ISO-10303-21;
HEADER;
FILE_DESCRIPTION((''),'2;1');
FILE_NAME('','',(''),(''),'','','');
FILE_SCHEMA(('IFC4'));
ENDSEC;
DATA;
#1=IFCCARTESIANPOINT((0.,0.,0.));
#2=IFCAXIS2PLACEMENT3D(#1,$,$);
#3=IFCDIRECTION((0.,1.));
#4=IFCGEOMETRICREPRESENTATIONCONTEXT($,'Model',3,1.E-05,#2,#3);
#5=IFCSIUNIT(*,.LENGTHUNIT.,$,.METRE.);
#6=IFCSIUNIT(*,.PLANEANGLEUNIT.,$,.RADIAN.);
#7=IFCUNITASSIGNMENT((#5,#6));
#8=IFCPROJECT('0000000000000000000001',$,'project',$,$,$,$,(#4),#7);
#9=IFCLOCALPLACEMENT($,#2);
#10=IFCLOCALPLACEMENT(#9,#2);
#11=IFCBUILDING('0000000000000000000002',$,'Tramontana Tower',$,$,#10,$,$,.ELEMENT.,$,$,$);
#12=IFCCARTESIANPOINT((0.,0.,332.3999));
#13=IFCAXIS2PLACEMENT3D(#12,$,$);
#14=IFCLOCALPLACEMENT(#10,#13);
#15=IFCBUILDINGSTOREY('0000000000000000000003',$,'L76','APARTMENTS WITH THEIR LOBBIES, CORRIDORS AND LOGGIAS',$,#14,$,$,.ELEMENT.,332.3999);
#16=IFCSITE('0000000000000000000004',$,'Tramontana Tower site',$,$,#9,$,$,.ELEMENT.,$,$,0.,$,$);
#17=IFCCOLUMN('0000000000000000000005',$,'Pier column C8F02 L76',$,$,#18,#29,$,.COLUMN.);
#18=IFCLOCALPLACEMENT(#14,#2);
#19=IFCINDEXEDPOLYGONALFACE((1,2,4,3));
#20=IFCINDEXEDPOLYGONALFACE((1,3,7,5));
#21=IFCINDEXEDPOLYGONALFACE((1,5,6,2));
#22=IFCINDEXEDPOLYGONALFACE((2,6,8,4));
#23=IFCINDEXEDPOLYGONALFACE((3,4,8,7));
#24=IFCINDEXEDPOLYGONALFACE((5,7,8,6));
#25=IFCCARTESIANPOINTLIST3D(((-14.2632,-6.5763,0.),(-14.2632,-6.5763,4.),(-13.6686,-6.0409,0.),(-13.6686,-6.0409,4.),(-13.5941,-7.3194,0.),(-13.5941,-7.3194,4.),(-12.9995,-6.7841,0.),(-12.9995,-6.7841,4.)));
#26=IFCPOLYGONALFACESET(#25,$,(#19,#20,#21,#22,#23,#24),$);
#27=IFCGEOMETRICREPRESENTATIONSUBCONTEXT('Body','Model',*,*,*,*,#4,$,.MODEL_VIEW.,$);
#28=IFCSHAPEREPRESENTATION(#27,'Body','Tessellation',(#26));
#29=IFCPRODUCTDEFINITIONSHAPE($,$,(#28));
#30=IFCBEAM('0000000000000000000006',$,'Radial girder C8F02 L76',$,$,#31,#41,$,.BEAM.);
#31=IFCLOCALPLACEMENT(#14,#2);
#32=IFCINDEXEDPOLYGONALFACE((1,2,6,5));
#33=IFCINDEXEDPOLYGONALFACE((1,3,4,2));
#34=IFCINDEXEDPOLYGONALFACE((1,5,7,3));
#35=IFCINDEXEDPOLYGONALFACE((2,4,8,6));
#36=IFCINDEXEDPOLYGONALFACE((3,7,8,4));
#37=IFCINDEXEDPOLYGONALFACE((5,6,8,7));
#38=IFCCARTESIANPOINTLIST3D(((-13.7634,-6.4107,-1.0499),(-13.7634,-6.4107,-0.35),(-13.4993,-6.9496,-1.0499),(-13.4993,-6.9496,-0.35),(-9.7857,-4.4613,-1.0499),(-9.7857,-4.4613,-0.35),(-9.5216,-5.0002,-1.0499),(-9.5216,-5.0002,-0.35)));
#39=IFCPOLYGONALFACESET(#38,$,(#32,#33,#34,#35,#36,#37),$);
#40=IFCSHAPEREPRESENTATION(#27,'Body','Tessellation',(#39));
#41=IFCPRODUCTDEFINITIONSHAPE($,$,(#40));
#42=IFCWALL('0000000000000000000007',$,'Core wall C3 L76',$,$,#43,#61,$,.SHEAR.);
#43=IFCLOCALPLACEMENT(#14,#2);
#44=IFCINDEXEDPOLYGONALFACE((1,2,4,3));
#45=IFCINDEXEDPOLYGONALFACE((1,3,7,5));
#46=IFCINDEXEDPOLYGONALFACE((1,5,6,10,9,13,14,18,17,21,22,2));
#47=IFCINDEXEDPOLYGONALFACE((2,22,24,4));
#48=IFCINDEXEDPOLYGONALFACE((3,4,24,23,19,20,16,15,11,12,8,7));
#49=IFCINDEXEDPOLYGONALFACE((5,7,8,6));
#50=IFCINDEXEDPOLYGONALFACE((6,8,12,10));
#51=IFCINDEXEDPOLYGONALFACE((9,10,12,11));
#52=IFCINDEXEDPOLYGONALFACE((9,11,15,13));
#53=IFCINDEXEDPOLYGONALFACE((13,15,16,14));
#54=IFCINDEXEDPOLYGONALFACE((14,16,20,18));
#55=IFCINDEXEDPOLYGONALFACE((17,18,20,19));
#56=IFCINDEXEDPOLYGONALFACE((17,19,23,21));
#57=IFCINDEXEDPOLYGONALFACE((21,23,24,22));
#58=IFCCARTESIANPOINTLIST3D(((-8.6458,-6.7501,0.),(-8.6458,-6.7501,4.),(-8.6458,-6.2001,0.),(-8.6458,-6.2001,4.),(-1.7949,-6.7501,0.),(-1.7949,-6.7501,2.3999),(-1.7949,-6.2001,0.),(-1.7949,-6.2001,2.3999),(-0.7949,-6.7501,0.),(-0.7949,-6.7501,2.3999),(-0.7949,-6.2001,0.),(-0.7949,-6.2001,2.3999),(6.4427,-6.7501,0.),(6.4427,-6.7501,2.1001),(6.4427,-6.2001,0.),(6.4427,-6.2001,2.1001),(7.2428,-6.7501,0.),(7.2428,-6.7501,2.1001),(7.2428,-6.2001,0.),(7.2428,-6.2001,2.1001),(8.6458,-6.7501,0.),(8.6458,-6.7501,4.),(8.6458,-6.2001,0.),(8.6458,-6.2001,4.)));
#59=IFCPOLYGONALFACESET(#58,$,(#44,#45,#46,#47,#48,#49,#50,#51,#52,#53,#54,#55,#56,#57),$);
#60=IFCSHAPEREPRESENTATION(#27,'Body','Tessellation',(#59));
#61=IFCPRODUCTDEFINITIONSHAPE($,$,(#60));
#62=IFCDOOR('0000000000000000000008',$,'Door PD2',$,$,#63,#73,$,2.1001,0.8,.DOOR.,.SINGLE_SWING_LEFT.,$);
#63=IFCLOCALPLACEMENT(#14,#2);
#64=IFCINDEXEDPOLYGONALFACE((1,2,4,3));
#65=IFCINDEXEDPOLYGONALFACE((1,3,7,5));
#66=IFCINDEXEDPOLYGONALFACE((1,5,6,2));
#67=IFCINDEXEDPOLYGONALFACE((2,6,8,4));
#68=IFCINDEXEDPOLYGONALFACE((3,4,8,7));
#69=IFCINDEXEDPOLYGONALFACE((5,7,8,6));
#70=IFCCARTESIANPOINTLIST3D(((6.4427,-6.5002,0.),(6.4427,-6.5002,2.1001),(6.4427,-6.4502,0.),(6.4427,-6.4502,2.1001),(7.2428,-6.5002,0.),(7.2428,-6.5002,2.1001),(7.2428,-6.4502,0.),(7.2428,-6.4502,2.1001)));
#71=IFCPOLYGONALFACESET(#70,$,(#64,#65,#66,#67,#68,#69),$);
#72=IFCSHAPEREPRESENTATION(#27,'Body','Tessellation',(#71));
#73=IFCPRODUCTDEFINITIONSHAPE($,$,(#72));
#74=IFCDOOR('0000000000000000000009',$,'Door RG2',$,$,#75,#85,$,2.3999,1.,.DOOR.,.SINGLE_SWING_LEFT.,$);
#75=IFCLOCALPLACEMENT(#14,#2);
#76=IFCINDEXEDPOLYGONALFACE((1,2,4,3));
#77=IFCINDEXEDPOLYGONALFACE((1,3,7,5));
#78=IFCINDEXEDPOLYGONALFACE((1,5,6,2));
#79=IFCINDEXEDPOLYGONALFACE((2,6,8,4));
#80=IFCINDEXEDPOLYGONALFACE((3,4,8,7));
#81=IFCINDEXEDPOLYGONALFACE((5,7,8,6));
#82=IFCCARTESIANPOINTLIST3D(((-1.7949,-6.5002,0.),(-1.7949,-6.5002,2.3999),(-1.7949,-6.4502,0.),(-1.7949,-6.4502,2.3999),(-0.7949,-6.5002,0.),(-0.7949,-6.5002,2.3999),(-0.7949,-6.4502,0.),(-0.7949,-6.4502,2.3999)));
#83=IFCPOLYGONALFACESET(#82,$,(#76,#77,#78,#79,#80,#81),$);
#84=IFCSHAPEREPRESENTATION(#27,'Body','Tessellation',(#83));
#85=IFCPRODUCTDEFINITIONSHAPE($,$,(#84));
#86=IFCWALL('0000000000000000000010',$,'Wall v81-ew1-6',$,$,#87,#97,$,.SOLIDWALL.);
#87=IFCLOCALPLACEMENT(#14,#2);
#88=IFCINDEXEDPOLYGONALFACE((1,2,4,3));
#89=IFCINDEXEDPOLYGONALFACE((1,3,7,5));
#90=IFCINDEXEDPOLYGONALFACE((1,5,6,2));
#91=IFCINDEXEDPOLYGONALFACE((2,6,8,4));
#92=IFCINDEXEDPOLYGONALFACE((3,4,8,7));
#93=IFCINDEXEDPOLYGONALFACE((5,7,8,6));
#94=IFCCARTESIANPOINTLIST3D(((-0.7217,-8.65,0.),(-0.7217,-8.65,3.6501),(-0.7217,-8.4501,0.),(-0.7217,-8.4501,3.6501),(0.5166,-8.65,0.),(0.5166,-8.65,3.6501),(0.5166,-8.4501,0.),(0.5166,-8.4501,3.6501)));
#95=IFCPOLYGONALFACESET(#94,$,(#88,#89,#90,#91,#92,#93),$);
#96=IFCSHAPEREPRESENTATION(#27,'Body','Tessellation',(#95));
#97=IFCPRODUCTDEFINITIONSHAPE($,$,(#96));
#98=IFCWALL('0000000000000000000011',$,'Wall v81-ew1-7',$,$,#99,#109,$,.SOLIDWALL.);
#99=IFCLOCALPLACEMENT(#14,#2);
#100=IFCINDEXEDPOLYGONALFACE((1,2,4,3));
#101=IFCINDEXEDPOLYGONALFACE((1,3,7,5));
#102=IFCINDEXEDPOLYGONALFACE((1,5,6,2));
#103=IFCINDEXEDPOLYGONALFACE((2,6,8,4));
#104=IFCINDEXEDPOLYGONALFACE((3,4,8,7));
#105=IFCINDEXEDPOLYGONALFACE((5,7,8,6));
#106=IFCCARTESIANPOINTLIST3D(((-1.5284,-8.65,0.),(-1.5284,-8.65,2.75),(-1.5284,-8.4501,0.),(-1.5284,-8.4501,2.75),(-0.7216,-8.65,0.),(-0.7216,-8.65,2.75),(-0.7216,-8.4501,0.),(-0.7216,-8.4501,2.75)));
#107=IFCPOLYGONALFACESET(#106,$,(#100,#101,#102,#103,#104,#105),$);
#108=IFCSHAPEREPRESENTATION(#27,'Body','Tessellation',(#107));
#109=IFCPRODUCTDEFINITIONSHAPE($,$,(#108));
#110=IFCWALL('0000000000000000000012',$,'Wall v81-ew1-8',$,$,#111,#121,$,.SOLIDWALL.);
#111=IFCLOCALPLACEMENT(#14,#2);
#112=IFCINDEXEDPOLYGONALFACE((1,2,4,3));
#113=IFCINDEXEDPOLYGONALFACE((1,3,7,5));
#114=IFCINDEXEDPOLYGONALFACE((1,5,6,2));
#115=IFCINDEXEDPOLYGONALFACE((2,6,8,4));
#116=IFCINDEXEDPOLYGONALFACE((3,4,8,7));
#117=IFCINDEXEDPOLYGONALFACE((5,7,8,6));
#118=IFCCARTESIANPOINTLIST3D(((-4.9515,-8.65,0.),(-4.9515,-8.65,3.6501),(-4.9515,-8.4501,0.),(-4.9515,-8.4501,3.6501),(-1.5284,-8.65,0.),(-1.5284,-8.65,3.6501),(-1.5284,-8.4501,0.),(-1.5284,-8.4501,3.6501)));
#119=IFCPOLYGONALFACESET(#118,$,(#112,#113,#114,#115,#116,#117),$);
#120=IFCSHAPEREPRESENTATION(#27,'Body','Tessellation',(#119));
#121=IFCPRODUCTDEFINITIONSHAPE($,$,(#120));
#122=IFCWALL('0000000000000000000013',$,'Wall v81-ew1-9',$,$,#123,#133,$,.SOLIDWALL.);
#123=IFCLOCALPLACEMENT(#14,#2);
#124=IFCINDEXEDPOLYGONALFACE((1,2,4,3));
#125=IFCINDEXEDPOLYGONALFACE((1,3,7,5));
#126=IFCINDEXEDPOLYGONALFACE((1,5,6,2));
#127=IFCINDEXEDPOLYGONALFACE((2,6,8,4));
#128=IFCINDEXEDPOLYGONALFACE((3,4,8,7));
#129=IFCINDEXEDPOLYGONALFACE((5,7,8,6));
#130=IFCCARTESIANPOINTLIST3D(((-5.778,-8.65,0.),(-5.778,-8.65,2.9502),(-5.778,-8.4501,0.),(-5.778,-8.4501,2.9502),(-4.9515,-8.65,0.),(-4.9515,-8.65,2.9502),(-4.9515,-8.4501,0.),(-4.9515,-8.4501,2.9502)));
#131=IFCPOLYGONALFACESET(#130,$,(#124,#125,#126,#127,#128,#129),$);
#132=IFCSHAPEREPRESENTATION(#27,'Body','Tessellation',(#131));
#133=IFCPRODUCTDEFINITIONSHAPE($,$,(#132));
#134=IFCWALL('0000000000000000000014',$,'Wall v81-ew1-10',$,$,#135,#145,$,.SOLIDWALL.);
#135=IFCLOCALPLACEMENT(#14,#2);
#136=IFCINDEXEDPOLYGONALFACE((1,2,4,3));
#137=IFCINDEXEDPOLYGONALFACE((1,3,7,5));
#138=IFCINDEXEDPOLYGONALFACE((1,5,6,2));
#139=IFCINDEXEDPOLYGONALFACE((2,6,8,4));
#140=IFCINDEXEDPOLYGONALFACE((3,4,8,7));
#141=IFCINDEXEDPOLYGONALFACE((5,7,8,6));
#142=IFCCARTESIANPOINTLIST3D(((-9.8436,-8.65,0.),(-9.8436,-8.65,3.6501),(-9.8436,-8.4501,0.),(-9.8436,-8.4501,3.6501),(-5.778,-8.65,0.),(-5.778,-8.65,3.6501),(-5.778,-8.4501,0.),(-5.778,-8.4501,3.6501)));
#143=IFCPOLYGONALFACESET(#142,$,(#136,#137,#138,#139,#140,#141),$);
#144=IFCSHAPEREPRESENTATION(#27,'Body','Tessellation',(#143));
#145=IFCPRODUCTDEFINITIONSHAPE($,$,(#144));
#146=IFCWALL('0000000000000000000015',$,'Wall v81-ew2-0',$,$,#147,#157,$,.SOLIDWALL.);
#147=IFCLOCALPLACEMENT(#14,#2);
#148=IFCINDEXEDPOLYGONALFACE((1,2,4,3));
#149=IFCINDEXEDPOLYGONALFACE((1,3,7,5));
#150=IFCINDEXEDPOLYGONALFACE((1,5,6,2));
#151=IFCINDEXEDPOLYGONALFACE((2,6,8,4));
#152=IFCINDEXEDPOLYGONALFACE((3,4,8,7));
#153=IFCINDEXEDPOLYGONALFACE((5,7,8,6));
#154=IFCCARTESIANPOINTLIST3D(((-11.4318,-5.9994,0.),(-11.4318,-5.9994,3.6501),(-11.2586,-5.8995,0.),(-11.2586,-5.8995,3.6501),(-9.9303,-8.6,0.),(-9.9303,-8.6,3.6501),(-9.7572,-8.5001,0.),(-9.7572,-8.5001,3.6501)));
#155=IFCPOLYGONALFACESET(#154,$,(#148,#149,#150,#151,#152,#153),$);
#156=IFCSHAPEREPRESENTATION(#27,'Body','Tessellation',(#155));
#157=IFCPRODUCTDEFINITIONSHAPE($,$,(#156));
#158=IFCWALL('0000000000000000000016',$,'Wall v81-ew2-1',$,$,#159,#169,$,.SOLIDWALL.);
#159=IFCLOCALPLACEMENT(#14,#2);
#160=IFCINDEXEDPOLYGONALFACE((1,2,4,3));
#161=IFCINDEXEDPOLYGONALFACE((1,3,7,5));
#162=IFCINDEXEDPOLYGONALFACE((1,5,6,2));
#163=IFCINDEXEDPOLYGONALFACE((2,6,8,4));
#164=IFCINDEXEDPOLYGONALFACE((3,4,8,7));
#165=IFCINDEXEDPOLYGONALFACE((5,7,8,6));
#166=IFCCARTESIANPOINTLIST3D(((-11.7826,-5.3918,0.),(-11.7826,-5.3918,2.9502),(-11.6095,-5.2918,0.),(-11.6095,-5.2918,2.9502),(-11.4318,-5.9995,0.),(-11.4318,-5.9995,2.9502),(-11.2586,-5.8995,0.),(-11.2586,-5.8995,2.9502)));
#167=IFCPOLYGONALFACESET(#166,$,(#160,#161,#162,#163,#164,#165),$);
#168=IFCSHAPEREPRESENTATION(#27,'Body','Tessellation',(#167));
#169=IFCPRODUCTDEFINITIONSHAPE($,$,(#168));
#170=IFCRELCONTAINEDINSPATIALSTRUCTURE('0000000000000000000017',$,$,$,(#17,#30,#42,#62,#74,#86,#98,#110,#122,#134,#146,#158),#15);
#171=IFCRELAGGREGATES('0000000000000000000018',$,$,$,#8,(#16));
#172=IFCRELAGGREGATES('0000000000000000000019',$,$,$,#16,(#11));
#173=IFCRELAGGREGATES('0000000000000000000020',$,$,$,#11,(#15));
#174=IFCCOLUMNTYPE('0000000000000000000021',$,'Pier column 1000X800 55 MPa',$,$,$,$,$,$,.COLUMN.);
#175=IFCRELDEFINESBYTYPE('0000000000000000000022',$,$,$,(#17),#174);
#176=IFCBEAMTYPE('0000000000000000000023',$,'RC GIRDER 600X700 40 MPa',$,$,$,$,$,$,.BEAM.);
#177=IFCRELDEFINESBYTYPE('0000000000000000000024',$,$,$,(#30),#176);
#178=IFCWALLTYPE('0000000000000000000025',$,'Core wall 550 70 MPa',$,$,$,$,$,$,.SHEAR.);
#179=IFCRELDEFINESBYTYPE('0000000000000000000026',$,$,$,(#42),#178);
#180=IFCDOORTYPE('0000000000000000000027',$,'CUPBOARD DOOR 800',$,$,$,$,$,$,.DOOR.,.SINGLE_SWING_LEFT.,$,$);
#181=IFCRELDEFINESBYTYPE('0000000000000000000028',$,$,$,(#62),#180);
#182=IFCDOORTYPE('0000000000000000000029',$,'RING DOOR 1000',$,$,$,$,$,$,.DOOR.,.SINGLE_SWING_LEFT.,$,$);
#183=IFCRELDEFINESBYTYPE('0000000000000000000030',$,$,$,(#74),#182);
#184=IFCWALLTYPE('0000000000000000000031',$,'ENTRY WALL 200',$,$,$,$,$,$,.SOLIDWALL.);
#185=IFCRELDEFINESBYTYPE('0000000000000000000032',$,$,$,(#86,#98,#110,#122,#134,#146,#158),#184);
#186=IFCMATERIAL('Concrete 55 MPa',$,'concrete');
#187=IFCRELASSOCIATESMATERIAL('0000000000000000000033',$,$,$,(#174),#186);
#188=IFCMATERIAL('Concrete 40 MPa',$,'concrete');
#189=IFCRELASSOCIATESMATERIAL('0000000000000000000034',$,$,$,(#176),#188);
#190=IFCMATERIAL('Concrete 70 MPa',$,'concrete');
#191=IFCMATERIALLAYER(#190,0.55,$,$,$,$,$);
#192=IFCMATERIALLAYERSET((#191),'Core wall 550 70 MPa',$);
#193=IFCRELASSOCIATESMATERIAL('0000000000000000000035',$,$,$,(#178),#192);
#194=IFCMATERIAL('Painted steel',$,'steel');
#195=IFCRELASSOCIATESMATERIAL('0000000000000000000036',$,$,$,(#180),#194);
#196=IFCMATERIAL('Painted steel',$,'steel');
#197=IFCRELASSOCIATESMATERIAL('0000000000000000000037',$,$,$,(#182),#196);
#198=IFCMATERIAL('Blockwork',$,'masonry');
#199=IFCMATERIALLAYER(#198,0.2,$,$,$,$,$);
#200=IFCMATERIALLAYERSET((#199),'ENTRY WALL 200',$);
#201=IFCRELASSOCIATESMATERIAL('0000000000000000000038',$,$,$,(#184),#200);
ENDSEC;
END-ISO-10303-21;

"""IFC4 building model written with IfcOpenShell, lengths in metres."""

from ifc_helpers import new_model, si_unit, direction, frame, frame_2d, origin, origin_2d, place, context, subcontext, project, spatial, rectangle, extrude, material, layer, layer_set, material_profile, profile_set, type_object, element, fill, save


model = new_model("IFC4")

# Units and contexts
model_context = context("Model", 3, precision=1e-05, world=origin(), true_north=direction((0.0, 1.0)))
body_context = subcontext(model_context, "Body", "Model", "MODEL_VIEW")
ifc_project = project(units=[si_unit("LENGTHUNIT", "METRE"), si_unit("PLANEANGLEUNIT", "RADIAN")], contexts=[model_context])

# Site, building, storey
site_placement = place(None, origin())
site = spatial("IfcSite", under=ifc_project, at=site_placement, Name="Tramontana Tower site", CompositionType="ELEMENT", RefElevation=0.0)
building_placement = place(site_placement, origin())
building = spatial("IfcBuilding", under=site, at=building_placement, Name="Tramontana Tower", CompositionType="ELEMENT")
storey_placement = place(building_placement, frame((0.0, 0.0, 332.3999)))
storey = spatial("IfcBuildingStorey", under=building, at=storey_placement, Name="L76", Description="APARTMENTS WITH THEIR LOBBIES, CORRIDORS AND LOGGIAS", CompositionType="ELEMENT", Elevation=332.3999)

# Column
ifc_material_1 = material(Name="Concrete 55 MPa", Category="concrete")
ifc_material_profile_1 = material_profile(ifc_material_1, rectangle(XDim=1.0, YDim=0.8, at=origin_2d()), Name="Pier column 1000X800 55 MPa")
ifc_profile_set_1 = profile_set([ifc_material_profile_1], Name="Concrete 55 MPa")
column_type = type_object("IfcColumnType", Name="Pier column 1000X800 55 MPa", PredefinedType="COLUMN", material=ifc_profile_set_1)
column_placement = place(storey_placement, frame((-13.6313, -6.6802, 0.0), z_axis=(0.0, 0.0, 1.0), x_axis=(0.669131, -0.743145, 0.0)))
element("IfcColumn", 1, at=column_placement, inside=storey, type_object=column_type, Name="Pier column C8F02 L76", PredefinedType="COLUMN", context=body_context, shape_type="SweptSolid", body=[
    extrude(rectangle(XDim=1.0, YDim=0.8, at=origin_2d()), origin(), (0.0, 0.0, 1.0), 4.0),
])

# Beam
ifc_material_2 = material(Name="Concrete 40 MPa", Category="concrete")
ifc_material_profile_2 = material_profile(ifc_material_2, rectangle(XDim=0.6001, YDim=0.7, at=origin_2d()), Name="RC GIRDER 600X700 40 MPa")
ifc_profile_set_2 = profile_set([ifc_material_profile_2], Name="Concrete 40 MPa")
beam_type = type_object("IfcBeamType", Name="RC GIRDER 600X700 40 MPa", PredefinedType="BEAM", material=ifc_profile_set_2)
beam_placement = place(storey_placement, frame((-13.6313, -6.6802, -0.7), z_axis=(0.897959, 0.440079, 0.0), x_axis=(-0.440079, 0.897959, 0.0)))
element("IfcBeam", 2, at=beam_placement, inside=storey, type_object=beam_type, Name="Radial girder C8F02 L76", PredefinedType="BEAM", context=body_context, shape_type="SweptSolid", body=[
    extrude(rectangle(XDim=0.6001, YDim=0.7, at=origin_2d()), origin(), (0.0, 0.0, 1.0), 4.4297),
])

# Wall, openings, doors
ifc_material_3 = material(Name="Concrete 70 MPa", Category="concrete")
ifc_layer_1 = layer(ifc_material_3, 0.55)
ifc_layer_set_1 = layer_set([ifc_layer_1], Name="Core wall 550 70 MPa")
wall_type_1 = type_object("IfcWallType", Name="Core wall 550 70 MPa", PredefinedType="SHEAR", material=ifc_layer_set_1)
wall_1_placement = place(storey_placement, frame((-8.6458, -6.4751, 0.0), z_axis=(0.0, 0.0, 1.0), x_axis=(1.0, 0.0, 0.0)))
wall_1 = element("IfcWall", 3, at=wall_1_placement, inside=storey, type_object=wall_type_1, Name="Core wall C3 L76", PredefinedType="SHEAR", context=body_context, shape_type="SweptSolid", body=[
    extrude(rectangle(XDim=17.2915, YDim=0.55, at=frame_2d((8.6458, 0.0))), origin(), (0.0, 0.0, 1.0), 4.0),
])
opening_1_placement = place(wall_1_placement, frame((6.8508, 0.0, 0.0)))
opening_1 = element("IfcOpeningElement", 4, at=opening_1_placement, cuts=wall_1, PredefinedType="OPENING", context=body_context, shape_type="SweptSolid", body=[
    extrude(rectangle(XDim=1.0, YDim=2.3999, at=frame_2d((0.5, 1.2))), frame((0.0, 0.2849, 0.0), z_axis=(0.0, -1.0, 0.0), x_axis=(1.0, 0.0, 0.0)), (0.0, 0.0, 1.0), 0.5701),
])
opening_2_placement = place(wall_1_placement, frame((15.0886, 0.0, 0.0)))
opening_2 = element("IfcOpeningElement", 5, at=opening_2_placement, cuts=wall_1, PredefinedType="OPENING", context=body_context, shape_type="SweptSolid", body=[
    extrude(rectangle(XDim=0.8, YDim=2.1001, at=frame_2d((0.3999, 1.05))), frame((0.0, 0.2849, 0.0), z_axis=(0.0, -1.0, 0.0), x_axis=(1.0, 0.0, 0.0)), (0.0, 0.0, 1.0), 0.5701),
])
ifc_material_4 = material(Name="Painted steel", Category="steel")
door_type_1 = type_object("IfcDoorType", Name="CUPBOARD DOOR 800", OperationType="SINGLE_SWING_LEFT", PredefinedType="DOOR", material=ifc_material_4)
door_1_placement = place(opening_2_placement, origin())
door_1 = element("IfcDoor", 6, at=door_1_placement, inside=storey, type_object=door_type_1, Name="Door PD2", OperationType="SINGLE_SWING_LEFT", OverallHeight=2.1001, OverallWidth=0.8, PredefinedType="DOOR", context=body_context, shape_type="SweptSolid", body=[
    extrude(rectangle(XDim=0.8, YDim=2.1001, at=frame_2d((0.3999, 1.05))), frame((0.0, 0.0249, 0.0), z_axis=(0.0, -1.0, 0.0), x_axis=(1.0, 0.0, 0.0)), (0.0, 0.0, 1.0), 0.05),
])
fill(opening_2, door_1)
ifc_material_5 = material(Name="Painted steel", Category="steel")
door_type_2 = type_object("IfcDoorType", Name="RING DOOR 1000", OperationType="SINGLE_SWING_LEFT", PredefinedType="DOOR", material=ifc_material_5)
door_2_placement = place(opening_1_placement, origin())
door_2 = element("IfcDoor", 7, at=door_2_placement, inside=storey, type_object=door_type_2, Name="Door RG2", OperationType="SINGLE_SWING_LEFT", OverallHeight=2.3999, OverallWidth=1.0, PredefinedType="DOOR", context=body_context, shape_type="SweptSolid", body=[
    extrude(rectangle(XDim=1.0, YDim=2.3999, at=frame_2d((0.5, 1.2))), frame((0.0, 0.0249, 0.0), z_axis=(0.0, -1.0, 0.0), x_axis=(1.0, 0.0, 0.0)), (0.0, 0.0, 1.0), 0.05),
])
fill(opening_1, door_2)

# Walls
ifc_material_6 = material(Name="Blockwork", Category="masonry")
ifc_layer_2 = layer(ifc_material_6, 0.2)
ifc_layer_set_2 = layer_set([ifc_layer_2], Name="ENTRY WALL 200")
wall_type_2 = type_object("IfcWallType", Name="ENTRY WALL 200", PredefinedType="SOLIDWALL", material=ifc_layer_set_2)
wall_2_placement = place(storey_placement, frame((0.5166, -8.55, 0.0), z_axis=(0.0, 0.0, 1.0), x_axis=(-1.0, 0.0, 0.0)))
element("IfcWall", 8, at=wall_2_placement, inside=storey, type_object=wall_type_2, Name="Wall v81-ew1-6", PredefinedType="SOLIDWALL", context=body_context, shape_type="SweptSolid", body=[
    extrude(rectangle(XDim=1.2383, YDim=0.2, at=frame_2d((0.6191, 0.0))), origin(), (0.0, 0.0, 1.0), 3.6501),
])
wall_3_placement = place(storey_placement, frame((-0.7217, -8.55, 0.0), z_axis=(0.0, 0.0, 1.0), x_axis=(-1.0, 0.0, 0.0)))
element("IfcWall", 9, at=wall_3_placement, inside=storey, type_object=wall_type_2, Name="Wall v81-ew1-7", PredefinedType="SOLIDWALL", context=body_context, shape_type="SweptSolid", body=[
    extrude(rectangle(XDim=0.8069, YDim=0.2, at=frame_2d((0.4033, 0.0))), origin(), (0.0, 0.0, 1.0), 2.75),
])
wall_4_placement = place(storey_placement, frame((-1.5286, -8.55, 0.0), z_axis=(0.0, 0.0, 1.0), x_axis=(-1.0, 0.0, 0.0)))
element("IfcWall", 10, at=wall_4_placement, inside=storey, type_object=wall_type_2, Name="Wall v81-ew1-8", PredefinedType="SOLIDWALL", context=body_context, shape_type="SweptSolid", body=[
    extrude(rectangle(XDim=3.4231, YDim=0.2, at=frame_2d((1.7114, 0.0))), origin(), (0.0, 0.0, 1.0), 3.6501),
])
wall_5_placement = place(storey_placement, frame((-4.9517, -8.55, 0.0), z_axis=(0.0, 0.0, 1.0), x_axis=(-1.0, 0.0, 0.0)))
element("IfcWall", 11, at=wall_5_placement, inside=storey, type_object=wall_type_2, Name="Wall v81-ew1-9", PredefinedType="SOLIDWALL", context=body_context, shape_type="SweptSolid", body=[
    extrude(rectangle(XDim=0.8264, YDim=0.2, at=frame_2d((0.4131, 0.0))), origin(), (0.0, 0.0, 1.0), 2.9502),
])
wall_6_placement = place(storey_placement, frame((-5.7781, -8.55, 0.0), z_axis=(0.0, 0.0, 1.0), x_axis=(-1.0, 0.0, 0.0)))
element("IfcWall", 12, at=wall_6_placement, inside=storey, type_object=wall_type_2, Name="Wall v81-ew1-10", PredefinedType="SOLIDWALL", context=body_context, shape_type="SweptSolid", body=[
    extrude(rectangle(XDim=4.0657, YDim=0.2, at=frame_2d((2.0327, 0.0))), origin(), (0.0, 0.0, 1.0), 3.6501),
])
wall_7_placement = place(storey_placement, frame((-9.8438, -8.55, 0.0), z_axis=(0.0, 0.0, 1.0), x_axis=(-0.500004, 0.866023, 0.0)))
element("IfcWall", 13, at=wall_7_placement, inside=storey, type_object=wall_type_2, Name="Wall v81-ew2-0", PredefinedType="SOLIDWALL", context=body_context, shape_type="SweptSolid", body=[
    extrude(rectangle(XDim=3.0029, YDim=0.2, at=frame_2d((1.5015, 0.0))), origin(), (0.0, 0.0, 1.0), 3.6501),
])
wall_8_placement = place(storey_placement, frame((-11.3452, -5.9495, 0.0), z_axis=(0.0, 0.0, 1.0), x_axis=(-0.499994, 0.866029, 0.0)))
element("IfcWall", 14, at=wall_8_placement, inside=storey, type_object=wall_type_2, Name="Wall v81-ew2-1", PredefinedType="SOLIDWALL", context=body_context, shape_type="SweptSolid", body=[
    extrude(rectangle(XDim=0.7017, YDim=0.2, at=frame_2d((0.3508, 0.0))), origin(), (0.0, 0.0, 1.0), 2.9502),
])

save(model, "model.ifc")
